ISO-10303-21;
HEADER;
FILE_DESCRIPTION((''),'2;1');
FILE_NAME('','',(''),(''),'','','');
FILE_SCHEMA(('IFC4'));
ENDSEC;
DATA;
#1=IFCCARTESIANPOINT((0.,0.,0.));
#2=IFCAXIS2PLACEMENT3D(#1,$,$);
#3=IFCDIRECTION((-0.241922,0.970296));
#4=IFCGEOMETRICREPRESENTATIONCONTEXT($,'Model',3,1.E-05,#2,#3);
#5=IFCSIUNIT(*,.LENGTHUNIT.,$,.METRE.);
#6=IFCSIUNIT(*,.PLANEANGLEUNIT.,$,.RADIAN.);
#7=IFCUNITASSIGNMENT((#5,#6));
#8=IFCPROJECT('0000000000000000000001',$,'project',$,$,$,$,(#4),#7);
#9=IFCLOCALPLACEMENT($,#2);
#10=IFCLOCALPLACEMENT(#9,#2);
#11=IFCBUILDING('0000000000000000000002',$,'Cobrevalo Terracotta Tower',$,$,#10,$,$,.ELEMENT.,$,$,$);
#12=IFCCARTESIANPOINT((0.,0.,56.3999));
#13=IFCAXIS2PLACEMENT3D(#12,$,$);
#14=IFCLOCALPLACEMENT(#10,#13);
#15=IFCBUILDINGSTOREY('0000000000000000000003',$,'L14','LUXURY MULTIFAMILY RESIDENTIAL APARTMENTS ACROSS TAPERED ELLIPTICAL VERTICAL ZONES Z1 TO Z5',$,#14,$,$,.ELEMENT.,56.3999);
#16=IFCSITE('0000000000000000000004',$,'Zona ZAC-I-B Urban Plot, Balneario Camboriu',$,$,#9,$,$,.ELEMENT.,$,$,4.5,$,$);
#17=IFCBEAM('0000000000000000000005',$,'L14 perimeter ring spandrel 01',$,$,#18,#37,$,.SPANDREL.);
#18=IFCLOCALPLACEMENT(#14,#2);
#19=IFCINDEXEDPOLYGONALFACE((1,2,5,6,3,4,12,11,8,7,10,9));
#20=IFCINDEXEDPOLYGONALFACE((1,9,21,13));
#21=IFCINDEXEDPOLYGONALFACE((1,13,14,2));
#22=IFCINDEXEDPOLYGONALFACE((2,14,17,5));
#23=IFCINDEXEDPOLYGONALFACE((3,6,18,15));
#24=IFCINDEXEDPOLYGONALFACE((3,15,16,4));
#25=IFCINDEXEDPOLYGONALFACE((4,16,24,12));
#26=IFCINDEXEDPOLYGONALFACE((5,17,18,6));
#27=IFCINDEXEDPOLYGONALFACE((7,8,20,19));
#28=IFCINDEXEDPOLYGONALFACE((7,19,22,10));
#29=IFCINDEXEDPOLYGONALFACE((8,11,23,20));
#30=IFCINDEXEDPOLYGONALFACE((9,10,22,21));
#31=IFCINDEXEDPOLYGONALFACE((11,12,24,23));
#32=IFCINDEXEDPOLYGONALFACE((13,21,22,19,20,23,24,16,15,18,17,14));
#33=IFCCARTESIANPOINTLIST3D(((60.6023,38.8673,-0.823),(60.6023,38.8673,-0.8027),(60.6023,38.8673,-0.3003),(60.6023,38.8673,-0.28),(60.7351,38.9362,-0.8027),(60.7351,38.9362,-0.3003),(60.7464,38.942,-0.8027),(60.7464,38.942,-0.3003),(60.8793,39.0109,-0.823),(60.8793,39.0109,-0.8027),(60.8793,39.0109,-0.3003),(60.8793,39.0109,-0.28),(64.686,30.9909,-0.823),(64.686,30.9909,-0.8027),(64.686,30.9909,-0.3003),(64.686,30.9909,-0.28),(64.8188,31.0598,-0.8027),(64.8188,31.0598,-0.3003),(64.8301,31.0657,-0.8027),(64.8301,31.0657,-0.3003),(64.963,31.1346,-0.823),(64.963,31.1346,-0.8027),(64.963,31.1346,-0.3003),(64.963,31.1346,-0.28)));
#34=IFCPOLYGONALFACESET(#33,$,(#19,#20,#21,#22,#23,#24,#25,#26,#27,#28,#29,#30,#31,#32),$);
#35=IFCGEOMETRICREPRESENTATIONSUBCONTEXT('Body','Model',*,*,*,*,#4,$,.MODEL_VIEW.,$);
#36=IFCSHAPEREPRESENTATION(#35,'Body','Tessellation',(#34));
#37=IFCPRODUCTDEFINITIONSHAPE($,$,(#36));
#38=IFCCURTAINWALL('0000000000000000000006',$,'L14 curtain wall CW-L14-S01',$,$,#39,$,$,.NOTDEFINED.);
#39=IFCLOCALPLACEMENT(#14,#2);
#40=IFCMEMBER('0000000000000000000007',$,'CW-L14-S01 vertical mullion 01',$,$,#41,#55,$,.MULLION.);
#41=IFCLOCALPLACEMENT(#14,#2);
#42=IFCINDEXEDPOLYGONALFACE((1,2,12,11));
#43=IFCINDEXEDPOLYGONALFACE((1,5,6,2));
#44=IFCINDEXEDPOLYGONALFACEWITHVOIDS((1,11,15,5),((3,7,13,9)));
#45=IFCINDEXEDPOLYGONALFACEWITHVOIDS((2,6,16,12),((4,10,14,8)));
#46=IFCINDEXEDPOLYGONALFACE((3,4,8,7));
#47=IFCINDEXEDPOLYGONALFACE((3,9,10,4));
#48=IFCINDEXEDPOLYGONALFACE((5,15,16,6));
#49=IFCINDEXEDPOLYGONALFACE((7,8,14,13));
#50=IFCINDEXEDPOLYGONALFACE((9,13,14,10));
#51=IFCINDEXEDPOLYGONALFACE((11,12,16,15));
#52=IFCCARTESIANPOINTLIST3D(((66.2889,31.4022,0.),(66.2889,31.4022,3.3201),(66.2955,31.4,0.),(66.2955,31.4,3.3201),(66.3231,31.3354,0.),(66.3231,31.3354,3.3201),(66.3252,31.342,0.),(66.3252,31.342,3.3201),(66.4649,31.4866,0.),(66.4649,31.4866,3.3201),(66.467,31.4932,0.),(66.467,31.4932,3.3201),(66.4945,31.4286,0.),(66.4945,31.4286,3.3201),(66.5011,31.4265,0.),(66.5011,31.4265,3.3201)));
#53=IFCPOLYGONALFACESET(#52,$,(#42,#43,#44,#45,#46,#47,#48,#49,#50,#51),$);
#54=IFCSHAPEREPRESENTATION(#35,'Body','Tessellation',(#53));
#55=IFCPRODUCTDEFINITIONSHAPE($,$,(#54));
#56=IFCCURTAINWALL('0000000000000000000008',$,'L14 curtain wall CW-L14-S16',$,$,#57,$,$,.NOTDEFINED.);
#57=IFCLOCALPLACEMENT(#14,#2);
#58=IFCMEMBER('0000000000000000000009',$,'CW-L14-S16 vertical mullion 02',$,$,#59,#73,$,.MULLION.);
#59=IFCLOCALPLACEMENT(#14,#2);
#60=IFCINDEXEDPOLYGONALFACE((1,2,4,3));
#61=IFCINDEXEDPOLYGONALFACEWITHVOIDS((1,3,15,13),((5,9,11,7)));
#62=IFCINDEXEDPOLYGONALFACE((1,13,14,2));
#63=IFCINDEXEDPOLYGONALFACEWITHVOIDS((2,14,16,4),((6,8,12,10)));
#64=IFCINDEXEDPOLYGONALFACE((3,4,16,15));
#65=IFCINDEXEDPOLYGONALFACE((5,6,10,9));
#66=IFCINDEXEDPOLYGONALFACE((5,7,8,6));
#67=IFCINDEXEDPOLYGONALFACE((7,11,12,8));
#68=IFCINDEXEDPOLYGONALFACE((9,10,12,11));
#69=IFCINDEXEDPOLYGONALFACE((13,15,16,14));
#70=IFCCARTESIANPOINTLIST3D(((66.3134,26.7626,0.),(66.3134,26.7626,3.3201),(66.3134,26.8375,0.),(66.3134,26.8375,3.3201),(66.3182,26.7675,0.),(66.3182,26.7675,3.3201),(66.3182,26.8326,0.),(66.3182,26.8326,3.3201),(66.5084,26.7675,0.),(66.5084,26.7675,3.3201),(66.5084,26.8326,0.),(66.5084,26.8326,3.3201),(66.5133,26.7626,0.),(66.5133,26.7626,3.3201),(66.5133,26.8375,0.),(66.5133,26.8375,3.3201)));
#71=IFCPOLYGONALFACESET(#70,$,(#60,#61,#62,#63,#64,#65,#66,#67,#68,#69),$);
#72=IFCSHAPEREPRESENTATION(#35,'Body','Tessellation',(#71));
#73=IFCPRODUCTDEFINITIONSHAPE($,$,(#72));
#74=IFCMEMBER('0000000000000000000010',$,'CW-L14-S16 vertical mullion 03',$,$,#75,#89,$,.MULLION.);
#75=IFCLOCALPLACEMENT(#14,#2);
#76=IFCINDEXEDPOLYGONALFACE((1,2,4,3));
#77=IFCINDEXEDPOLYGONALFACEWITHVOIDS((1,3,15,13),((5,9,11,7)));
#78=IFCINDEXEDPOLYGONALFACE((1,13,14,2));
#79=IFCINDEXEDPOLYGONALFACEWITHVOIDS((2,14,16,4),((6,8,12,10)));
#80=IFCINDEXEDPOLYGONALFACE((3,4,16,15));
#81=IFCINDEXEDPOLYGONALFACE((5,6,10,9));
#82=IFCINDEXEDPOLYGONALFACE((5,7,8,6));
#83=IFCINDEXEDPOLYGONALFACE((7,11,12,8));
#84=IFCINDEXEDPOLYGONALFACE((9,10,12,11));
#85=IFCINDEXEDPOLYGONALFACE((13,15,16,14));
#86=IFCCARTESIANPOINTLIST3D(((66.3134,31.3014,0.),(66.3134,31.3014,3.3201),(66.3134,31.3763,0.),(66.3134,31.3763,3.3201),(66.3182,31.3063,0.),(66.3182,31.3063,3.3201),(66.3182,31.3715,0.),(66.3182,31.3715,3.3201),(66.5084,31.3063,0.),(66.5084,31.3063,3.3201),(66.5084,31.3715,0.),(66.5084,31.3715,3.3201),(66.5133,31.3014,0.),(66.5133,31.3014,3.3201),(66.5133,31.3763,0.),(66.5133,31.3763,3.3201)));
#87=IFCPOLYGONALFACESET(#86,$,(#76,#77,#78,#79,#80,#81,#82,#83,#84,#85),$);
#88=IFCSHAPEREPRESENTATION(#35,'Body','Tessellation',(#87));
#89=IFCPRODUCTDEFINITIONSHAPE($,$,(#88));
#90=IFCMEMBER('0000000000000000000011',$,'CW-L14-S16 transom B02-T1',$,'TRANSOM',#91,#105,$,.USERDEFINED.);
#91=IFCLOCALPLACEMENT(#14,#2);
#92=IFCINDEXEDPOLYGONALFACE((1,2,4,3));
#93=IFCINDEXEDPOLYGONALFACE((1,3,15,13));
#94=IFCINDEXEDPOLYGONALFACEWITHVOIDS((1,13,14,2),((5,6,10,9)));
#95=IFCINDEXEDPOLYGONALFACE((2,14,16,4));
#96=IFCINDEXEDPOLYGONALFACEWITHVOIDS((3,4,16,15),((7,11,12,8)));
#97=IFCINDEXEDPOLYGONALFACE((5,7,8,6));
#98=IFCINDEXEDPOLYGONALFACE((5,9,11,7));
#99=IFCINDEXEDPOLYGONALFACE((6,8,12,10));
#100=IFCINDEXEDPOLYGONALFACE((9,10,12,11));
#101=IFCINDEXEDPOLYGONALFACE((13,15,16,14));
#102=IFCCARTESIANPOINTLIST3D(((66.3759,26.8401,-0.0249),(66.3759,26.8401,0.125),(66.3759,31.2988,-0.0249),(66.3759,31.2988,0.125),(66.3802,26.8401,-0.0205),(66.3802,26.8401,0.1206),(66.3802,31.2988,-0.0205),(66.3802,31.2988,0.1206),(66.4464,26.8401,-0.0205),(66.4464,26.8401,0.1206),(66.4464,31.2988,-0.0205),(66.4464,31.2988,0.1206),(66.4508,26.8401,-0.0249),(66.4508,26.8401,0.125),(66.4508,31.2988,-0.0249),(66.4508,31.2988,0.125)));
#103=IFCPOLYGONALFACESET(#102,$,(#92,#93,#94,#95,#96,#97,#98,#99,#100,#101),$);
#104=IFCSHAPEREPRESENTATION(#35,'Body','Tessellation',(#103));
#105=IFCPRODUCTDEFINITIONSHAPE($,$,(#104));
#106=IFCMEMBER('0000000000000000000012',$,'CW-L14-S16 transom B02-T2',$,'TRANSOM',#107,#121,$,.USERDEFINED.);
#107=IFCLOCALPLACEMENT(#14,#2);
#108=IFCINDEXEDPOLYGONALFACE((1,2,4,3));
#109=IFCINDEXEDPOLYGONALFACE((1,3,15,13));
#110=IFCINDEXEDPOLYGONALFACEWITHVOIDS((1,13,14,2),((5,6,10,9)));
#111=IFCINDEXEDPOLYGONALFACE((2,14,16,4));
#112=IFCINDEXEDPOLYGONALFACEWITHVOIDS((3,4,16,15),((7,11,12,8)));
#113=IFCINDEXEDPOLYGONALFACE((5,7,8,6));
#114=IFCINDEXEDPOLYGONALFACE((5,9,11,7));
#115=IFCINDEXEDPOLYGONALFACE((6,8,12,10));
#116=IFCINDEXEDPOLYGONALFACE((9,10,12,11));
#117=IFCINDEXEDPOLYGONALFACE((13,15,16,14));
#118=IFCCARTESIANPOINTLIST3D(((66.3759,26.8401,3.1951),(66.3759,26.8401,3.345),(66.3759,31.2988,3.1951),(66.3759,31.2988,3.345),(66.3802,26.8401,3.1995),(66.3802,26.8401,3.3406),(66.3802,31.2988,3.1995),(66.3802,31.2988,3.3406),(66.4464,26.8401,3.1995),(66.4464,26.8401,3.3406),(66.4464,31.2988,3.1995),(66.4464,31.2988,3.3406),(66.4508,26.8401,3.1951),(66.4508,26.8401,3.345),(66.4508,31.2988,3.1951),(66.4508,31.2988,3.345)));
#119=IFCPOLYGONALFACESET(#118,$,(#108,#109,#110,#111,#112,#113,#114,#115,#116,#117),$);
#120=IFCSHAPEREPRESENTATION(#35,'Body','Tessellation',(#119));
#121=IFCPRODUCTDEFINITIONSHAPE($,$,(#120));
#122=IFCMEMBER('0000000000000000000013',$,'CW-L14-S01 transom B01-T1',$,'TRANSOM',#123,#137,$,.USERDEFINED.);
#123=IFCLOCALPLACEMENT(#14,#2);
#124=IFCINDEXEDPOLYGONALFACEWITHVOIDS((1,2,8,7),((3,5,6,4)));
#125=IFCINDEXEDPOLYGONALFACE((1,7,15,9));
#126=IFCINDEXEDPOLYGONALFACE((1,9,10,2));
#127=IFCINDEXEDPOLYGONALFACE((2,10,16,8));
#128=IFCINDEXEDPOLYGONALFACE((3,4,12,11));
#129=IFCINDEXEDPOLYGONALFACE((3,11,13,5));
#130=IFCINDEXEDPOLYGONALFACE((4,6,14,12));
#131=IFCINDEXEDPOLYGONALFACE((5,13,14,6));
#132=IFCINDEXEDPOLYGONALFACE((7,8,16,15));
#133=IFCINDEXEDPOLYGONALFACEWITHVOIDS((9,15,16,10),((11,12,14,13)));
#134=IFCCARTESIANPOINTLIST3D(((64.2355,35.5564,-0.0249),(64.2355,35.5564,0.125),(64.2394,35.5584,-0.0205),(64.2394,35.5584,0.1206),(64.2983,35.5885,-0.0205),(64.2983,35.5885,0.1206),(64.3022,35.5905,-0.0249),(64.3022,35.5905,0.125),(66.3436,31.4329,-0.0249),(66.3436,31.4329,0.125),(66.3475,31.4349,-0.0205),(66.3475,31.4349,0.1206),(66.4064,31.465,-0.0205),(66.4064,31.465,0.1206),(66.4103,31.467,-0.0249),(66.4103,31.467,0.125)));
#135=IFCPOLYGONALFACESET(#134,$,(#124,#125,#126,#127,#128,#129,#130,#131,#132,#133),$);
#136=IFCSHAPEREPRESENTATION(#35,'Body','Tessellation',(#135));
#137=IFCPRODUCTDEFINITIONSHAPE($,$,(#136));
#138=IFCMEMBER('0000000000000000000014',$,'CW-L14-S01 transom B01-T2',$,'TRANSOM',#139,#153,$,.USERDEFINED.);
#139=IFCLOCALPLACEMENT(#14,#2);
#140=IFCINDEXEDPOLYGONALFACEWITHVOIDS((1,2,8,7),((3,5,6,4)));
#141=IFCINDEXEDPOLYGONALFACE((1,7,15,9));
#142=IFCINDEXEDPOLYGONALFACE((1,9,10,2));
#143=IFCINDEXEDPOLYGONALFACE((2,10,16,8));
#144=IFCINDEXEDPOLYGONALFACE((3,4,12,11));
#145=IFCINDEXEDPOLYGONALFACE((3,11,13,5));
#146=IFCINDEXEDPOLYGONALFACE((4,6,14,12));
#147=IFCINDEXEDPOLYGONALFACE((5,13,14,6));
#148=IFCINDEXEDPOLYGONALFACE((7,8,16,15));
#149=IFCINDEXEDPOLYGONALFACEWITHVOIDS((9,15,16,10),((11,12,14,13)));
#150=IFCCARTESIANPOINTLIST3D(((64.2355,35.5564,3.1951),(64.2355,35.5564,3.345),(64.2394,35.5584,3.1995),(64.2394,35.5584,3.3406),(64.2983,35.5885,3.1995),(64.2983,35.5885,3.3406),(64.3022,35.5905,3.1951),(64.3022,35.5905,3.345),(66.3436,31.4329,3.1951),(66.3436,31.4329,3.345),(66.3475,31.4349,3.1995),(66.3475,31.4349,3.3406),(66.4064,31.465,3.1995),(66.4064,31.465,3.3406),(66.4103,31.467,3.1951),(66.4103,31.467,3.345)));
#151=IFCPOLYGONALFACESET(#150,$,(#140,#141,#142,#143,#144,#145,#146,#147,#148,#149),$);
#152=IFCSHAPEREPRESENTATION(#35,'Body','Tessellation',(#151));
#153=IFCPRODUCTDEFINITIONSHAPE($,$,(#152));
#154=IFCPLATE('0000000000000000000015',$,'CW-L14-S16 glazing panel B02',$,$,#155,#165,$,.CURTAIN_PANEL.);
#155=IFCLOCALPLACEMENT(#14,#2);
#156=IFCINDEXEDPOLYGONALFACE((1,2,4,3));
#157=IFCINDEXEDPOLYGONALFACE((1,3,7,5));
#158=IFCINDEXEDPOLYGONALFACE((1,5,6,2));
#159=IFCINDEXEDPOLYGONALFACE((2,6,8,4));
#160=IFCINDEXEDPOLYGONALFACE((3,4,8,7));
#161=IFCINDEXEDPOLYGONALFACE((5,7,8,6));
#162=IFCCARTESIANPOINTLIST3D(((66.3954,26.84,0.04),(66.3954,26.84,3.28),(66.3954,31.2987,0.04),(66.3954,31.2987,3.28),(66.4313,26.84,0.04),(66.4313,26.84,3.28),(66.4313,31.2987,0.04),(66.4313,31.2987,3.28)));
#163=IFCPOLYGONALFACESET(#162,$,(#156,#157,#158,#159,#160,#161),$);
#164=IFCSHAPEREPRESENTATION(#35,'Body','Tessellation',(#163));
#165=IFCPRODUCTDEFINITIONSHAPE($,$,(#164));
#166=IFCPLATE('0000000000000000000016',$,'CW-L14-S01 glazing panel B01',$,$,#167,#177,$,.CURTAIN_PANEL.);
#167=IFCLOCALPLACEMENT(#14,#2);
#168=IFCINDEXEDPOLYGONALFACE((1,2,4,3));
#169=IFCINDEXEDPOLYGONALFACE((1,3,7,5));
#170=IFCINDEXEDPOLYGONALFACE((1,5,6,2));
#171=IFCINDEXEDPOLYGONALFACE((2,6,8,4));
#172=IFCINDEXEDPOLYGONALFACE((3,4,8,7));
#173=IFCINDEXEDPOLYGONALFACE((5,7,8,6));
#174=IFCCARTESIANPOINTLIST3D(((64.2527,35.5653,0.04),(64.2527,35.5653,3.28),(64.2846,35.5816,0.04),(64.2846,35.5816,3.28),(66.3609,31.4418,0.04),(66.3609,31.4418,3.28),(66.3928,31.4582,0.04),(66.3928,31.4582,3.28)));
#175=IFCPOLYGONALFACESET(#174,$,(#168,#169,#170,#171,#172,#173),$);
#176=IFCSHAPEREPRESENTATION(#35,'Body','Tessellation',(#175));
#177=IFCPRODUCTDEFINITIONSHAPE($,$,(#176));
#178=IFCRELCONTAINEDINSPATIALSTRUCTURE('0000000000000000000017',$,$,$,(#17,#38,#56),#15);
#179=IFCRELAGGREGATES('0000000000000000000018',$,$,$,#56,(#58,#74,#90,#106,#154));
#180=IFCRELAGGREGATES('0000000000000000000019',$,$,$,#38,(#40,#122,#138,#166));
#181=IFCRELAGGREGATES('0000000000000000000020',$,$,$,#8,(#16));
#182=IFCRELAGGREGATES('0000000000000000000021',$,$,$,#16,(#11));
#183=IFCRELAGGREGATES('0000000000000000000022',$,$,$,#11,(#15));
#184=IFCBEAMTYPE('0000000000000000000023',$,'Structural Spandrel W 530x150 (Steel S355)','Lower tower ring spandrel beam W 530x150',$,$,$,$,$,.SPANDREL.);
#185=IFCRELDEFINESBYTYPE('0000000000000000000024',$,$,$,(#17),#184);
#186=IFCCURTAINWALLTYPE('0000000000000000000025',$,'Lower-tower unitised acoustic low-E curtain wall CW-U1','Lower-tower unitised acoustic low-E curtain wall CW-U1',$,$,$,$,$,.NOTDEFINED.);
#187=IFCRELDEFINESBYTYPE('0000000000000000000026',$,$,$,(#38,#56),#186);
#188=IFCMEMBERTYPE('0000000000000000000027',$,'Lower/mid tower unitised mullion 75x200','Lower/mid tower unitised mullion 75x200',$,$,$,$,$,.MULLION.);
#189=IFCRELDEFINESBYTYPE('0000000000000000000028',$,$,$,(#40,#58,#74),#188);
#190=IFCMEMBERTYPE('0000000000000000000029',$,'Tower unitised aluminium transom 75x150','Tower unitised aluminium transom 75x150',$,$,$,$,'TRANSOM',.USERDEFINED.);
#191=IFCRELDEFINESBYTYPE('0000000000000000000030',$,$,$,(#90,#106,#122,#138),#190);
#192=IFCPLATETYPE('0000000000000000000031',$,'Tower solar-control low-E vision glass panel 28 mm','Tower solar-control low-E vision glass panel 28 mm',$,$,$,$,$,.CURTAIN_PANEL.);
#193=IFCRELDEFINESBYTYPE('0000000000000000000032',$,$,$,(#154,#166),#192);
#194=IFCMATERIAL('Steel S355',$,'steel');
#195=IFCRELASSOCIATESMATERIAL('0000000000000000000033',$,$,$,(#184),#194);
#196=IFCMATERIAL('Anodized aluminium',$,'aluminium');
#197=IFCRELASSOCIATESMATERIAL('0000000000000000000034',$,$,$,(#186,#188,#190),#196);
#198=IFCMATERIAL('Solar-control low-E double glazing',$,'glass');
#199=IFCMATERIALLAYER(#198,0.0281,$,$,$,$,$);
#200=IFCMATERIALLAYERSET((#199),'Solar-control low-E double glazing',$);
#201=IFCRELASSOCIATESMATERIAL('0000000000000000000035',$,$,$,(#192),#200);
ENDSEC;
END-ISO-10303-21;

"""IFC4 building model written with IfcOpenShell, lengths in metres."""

from ifc_helpers import new_model, si_unit, direction, frame, origin, origin_2d, place, context, subcontext, project, spatial, rectangle, hollow_rectangle, i_section, extrude, source, transform, mapped, material, layer, layer_set, material_profile, profile_set, type_object, element, aggregate, save


model = new_model("IFC4")

# Units and contexts
model_context = context("Model", 3, precision=1e-05, world=origin(), true_north=direction((-0.241922, 0.970296)))
body_context = subcontext(model_context, "Body", "Model", "MODEL_VIEW")
ifc_project = project(units=[si_unit("LENGTHUNIT", "METRE"), si_unit("PLANEANGLEUNIT", "RADIAN")], contexts=[model_context])

# Site, building, storey
site_placement = place(None, origin())
site = spatial("IfcSite", under=ifc_project, at=site_placement, Name="Zona ZAC-I-B Urban Plot, Balneario Camboriu", CompositionType="ELEMENT", RefElevation=4.5)
building_placement = place(site_placement, origin())
building = spatial("IfcBuilding", under=site, at=building_placement, Name="Cobrevalo Terracotta Tower", CompositionType="ELEMENT")
storey_placement = place(building_placement, frame((0.0, 0.0, 56.3999)))
storey = spatial("IfcBuildingStorey", under=building, at=storey_placement, Name="L14", Description="LUXURY MULTIFAMILY RESIDENTIAL APARTMENTS ACROSS TAPERED ELLIPTICAL VERTICAL ZONES Z1 TO Z5", CompositionType="ELEMENT", Elevation=56.3999)

# Shared definitions
ifc_material_1 = material(Name="Steel S355", Category="steel")

# Beam
ifc_material_profile_1 = material_profile(ifc_material_1, i_section(OverallWidth=0.312, OverallDepth=0.543, WebThickness=0.0127, FlangeThickness=0.0203, at=origin_2d()), Name="W 530x150")
ifc_profile_set_1 = profile_set([ifc_material_profile_1], Name="Steel S355")
beam_type_1 = type_object("IfcBeamType", Name="Structural Spandrel W 530x150 (Steel S355)", Description="Lower tower ring spandrel beam W 530x150", PredefinedType="SPANDREL", material=ifc_profile_set_1)
beam_1_placement = place(storey_placement, frame((64.8245, 31.0627, -0.5515), z_axis=(-0.460286, 0.887771, 0.0), x_axis=(-0.887771, -0.460286, 0.0)))
element("IfcBeam", 1, at=beam_1_placement, inside=storey, type_object=beam_type_1, Name="L14 perimeter ring spandrel 01", PredefinedType="SPANDREL", context=body_context, shape_type="SweptSolid", body=[
    extrude(i_section(OverallWidth=0.312, OverallDepth=0.543, WebThickness=0.0127, FlangeThickness=0.0203, at=origin_2d()), origin(), (0.0, 0.0, 1.0), 8.8721),
])

# Curtain wall, member
ifc_material_2 = material(Name="Anodized aluminium", Category="aluminium")
curtain_wall_type = type_object("IfcCurtainWallType", Name="Lower-tower unitised acoustic low-E curtain wall CW-U1", Description="Lower-tower unitised acoustic low-E curtain wall CW-U1", PredefinedType="NOTDEFINED", material=ifc_material_2)
curtain_wall_1_placement = place(storey_placement, origin())
curtain_wall_1 = element("IfcCurtainWall", 2, at=curtain_wall_1_placement, inside=storey, type_object=curtain_wall_type, Name="L14 curtain wall CW-L14-S01", PredefinedType="NOTDEFINED")
ifc_material_profile_2 = material_profile(ifc_material_2, hollow_rectangle(XDim=0.075, YDim=0.2, WallThickness=0.0049, at=origin_2d()), Name="CWM 75x200")
ifc_profile_set_2 = profile_set([ifc_material_profile_2], Name="Anodized aluminium")
member_type_1 = type_object("IfcMemberType", Name="Lower/mid tower unitised mullion 75x200", Description="Lower/mid tower unitised mullion 75x200", PredefinedType="MULLION", material=ifc_profile_set_2)
shared_shape_1 = source(origin(), body_context, "Body", "SweptSolid", [
    extrude(hollow_rectangle(XDim=0.075, YDim=0.2, WallThickness=0.0049, at=origin_2d()), origin(), (0.0, 0.0, 1.0), 3.3201),
])
member_1_placement = place(storey_placement, frame((66.395, 31.4143, 0.0), z_axis=(0.0, 0.0, 1.0), x_axis=(-0.455234, 0.890372, 0.0)))
member_1 = element("IfcMember", 3, at=member_1_placement, type_object=member_type_1, Name="CW-L14-S01 vertical mullion 01", PredefinedType="MULLION", context=body_context, shape_type="MappedRepresentation", body=[
    mapped(shared_shape_1, transform((0.0, 0.0, 0.0), scale=1.0)),
])

# Curtain wall, members
curtain_wall_2_placement = place(storey_placement, origin())
curtain_wall_2 = element("IfcCurtainWall", 4, at=curtain_wall_2_placement, inside=storey, type_object=curtain_wall_type, Name="L14 curtain wall CW-L14-S16", PredefinedType="NOTDEFINED")
member_2_placement = place(storey_placement, frame((66.4133, 26.8, 0.0), z_axis=(0.0, 0.0, 1.0), x_axis=(0.0, 1.0, 0.0)))
member_2 = element("IfcMember", 5, at=member_2_placement, type_object=member_type_1, Name="CW-L14-S16 vertical mullion 02", PredefinedType="MULLION", context=body_context, shape_type="MappedRepresentation", body=[
    mapped(shared_shape_1, transform((0.0, 0.0, 0.0), scale=1.0)),
])
member_3_placement = place(storey_placement, frame((66.4133, 31.3389, 0.0), z_axis=(0.0, 0.0, 1.0), x_axis=(0.0, 1.0, 0.0)))
member_3 = element("IfcMember", 6, at=member_3_placement, type_object=member_type_1, Name="CW-L14-S16 vertical mullion 03", PredefinedType="MULLION", context=body_context, shape_type="MappedRepresentation", body=[
    mapped(shared_shape_1, transform((0.0, 0.0, 0.0), scale=1.0)),
])
ifc_material_profile_3 = material_profile(ifc_material_2, hollow_rectangle(XDim=0.075, YDim=0.1499, WallThickness=0.0044, at=origin_2d()), Name="CWT 75x150")
ifc_profile_set_3 = profile_set([ifc_material_profile_3], Name="Anodized aluminium")
member_type_2 = type_object("IfcMemberType", Name="Tower unitised aluminium transom 75x150", Description="Tower unitised aluminium transom 75x150", ElementType="TRANSOM", PredefinedType="USERDEFINED", material=ifc_profile_set_3)
shared_shape_2 = source(origin(), body_context, "Body", "SweptSolid", [
    extrude(hollow_rectangle(XDim=0.075, YDim=0.1499, WallThickness=0.0044, at=origin_2d()), origin(), (0.0, 0.0, 1.0), 4.4587),
])
member_4_placement = place(storey_placement, frame((66.4133, 26.8401, 0.05), z_axis=(0.0, 1.0, 0.0), x_axis=(-1.0, 0.0, 0.0)))
member_4 = element("IfcMember", 7, at=member_4_placement, type_object=member_type_2, Name="CW-L14-S16 transom B02-T1", ObjectType="TRANSOM", PredefinedType="USERDEFINED", context=body_context, shape_type="MappedRepresentation", body=[
    mapped(shared_shape_2, transform((0.0, 0.0, 0.0), scale=1.0)),
])
member_5_placement = place(storey_placement, frame((66.4133, 26.8401, 3.27), z_axis=(0.0, 1.0, 0.0), x_axis=(-1.0, 0.0, 0.0)))
member_5 = element("IfcMember", 8, at=member_5_placement, type_object=member_type_2, Name="CW-L14-S16 transom B02-T2", ObjectType="TRANSOM", PredefinedType="USERDEFINED", context=body_context, shape_type="MappedRepresentation", body=[
    mapped(shared_shape_2, transform((0.0, 0.0, 0.0), scale=1.0)),
])

# Members
shared_shape_3 = source(origin(), body_context, "Body", "SweptSolid", [
    extrude(hollow_rectangle(XDim=0.075, YDim=0.1499, WallThickness=0.0044, at=origin_2d()), origin(), (0.0, 0.0, 1.0), 4.6311),
])
member_6_placement = place(storey_placement, frame((66.377, 31.45, 0.05), z_axis=(-0.455209, 0.890385, 0.0), x_axis=(-0.890385, -0.455209, 0.0)))
member_6 = element("IfcMember", 9, at=member_6_placement, type_object=member_type_2, Name="CW-L14-S01 transom B01-T1", ObjectType="TRANSOM", PredefinedType="USERDEFINED", context=body_context, shape_type="MappedRepresentation", body=[
    mapped(shared_shape_3, transform((0.0, 0.0, 0.0), scale=1.0)),
])
member_7_placement = place(storey_placement, frame((66.377, 31.45, 3.27), z_axis=(-0.455209, 0.890385, 0.0), x_axis=(-0.890385, -0.455209, 0.0)))
member_7 = element("IfcMember", 10, at=member_7_placement, type_object=member_type_2, Name="CW-L14-S01 transom B01-T2", ObjectType="TRANSOM", PredefinedType="USERDEFINED", context=body_context, shape_type="MappedRepresentation", body=[
    mapped(shared_shape_3, transform((0.0, 0.0, 0.0), scale=1.0)),
])

# Plates
ifc_material_3 = material(Name="Solar-control low-E double glazing", Category="glass")
ifc_layer_1 = layer(ifc_material_3, 0.0281)
ifc_layer_set_1 = layer_set([ifc_layer_1], Name="Solar-control low-E double glazing")
plate_type = type_object("IfcPlateType", Name="Tower solar-control low-E vision glass panel 28 mm", Description="Tower solar-control low-E vision glass panel 28 mm", PredefinedType="CURTAIN_PANEL", material=ifc_layer_set_1)
shared_shape_4 = source(origin(), body_context, "Body", "SweptSolid", [
    extrude(rectangle(XDim=4.4587, YDim=0.0359, at=origin_2d()), origin(), (0.0, 0.0, 1.0), 3.24),
])
plate_1_placement = place(storey_placement, frame((66.4133, 29.0693, 0.04), z_axis=(0.0, 0.0, 1.0), x_axis=(0.0, 1.0, 0.0)))
plate_1 = element("IfcPlate", 11, at=plate_1_placement, type_object=plate_type, Name="CW-L14-S16 glazing panel B02", PredefinedType="CURTAIN_PANEL", context=body_context, shape_type="MappedRepresentation", body=[
    mapped(shared_shape_4, transform((0.0, 0.0, 0.0), scale=1.0)),
])
aggregate(curtain_wall_2, [member_2, member_3, member_4, member_5, plate_1])
shared_shape_5 = source(origin(), body_context, "Body", "SweptSolid", [
    extrude(rectangle(XDim=4.6311, YDim=0.0359, at=origin_2d()), origin(), (0.0, 0.0, 1.0), 3.24),
])
plate_2_placement = place(storey_placement, frame((65.3228, 33.5117, 0.04), z_axis=(0.0, 0.0, 1.0), x_axis=(-0.455231, 0.890373, 0.0)))
plate_2 = element("IfcPlate", 12, at=plate_2_placement, type_object=plate_type, Name="CW-L14-S01 glazing panel B01", PredefinedType="CURTAIN_PANEL", context=body_context, shape_type="MappedRepresentation", body=[
    mapped(shared_shape_5, transform((0.0, 0.0, 0.0), scale=1.0)),
])
aggregate(curtain_wall_1, [member_1, member_6, member_7, plate_2])

save(model, "model.ifc")
